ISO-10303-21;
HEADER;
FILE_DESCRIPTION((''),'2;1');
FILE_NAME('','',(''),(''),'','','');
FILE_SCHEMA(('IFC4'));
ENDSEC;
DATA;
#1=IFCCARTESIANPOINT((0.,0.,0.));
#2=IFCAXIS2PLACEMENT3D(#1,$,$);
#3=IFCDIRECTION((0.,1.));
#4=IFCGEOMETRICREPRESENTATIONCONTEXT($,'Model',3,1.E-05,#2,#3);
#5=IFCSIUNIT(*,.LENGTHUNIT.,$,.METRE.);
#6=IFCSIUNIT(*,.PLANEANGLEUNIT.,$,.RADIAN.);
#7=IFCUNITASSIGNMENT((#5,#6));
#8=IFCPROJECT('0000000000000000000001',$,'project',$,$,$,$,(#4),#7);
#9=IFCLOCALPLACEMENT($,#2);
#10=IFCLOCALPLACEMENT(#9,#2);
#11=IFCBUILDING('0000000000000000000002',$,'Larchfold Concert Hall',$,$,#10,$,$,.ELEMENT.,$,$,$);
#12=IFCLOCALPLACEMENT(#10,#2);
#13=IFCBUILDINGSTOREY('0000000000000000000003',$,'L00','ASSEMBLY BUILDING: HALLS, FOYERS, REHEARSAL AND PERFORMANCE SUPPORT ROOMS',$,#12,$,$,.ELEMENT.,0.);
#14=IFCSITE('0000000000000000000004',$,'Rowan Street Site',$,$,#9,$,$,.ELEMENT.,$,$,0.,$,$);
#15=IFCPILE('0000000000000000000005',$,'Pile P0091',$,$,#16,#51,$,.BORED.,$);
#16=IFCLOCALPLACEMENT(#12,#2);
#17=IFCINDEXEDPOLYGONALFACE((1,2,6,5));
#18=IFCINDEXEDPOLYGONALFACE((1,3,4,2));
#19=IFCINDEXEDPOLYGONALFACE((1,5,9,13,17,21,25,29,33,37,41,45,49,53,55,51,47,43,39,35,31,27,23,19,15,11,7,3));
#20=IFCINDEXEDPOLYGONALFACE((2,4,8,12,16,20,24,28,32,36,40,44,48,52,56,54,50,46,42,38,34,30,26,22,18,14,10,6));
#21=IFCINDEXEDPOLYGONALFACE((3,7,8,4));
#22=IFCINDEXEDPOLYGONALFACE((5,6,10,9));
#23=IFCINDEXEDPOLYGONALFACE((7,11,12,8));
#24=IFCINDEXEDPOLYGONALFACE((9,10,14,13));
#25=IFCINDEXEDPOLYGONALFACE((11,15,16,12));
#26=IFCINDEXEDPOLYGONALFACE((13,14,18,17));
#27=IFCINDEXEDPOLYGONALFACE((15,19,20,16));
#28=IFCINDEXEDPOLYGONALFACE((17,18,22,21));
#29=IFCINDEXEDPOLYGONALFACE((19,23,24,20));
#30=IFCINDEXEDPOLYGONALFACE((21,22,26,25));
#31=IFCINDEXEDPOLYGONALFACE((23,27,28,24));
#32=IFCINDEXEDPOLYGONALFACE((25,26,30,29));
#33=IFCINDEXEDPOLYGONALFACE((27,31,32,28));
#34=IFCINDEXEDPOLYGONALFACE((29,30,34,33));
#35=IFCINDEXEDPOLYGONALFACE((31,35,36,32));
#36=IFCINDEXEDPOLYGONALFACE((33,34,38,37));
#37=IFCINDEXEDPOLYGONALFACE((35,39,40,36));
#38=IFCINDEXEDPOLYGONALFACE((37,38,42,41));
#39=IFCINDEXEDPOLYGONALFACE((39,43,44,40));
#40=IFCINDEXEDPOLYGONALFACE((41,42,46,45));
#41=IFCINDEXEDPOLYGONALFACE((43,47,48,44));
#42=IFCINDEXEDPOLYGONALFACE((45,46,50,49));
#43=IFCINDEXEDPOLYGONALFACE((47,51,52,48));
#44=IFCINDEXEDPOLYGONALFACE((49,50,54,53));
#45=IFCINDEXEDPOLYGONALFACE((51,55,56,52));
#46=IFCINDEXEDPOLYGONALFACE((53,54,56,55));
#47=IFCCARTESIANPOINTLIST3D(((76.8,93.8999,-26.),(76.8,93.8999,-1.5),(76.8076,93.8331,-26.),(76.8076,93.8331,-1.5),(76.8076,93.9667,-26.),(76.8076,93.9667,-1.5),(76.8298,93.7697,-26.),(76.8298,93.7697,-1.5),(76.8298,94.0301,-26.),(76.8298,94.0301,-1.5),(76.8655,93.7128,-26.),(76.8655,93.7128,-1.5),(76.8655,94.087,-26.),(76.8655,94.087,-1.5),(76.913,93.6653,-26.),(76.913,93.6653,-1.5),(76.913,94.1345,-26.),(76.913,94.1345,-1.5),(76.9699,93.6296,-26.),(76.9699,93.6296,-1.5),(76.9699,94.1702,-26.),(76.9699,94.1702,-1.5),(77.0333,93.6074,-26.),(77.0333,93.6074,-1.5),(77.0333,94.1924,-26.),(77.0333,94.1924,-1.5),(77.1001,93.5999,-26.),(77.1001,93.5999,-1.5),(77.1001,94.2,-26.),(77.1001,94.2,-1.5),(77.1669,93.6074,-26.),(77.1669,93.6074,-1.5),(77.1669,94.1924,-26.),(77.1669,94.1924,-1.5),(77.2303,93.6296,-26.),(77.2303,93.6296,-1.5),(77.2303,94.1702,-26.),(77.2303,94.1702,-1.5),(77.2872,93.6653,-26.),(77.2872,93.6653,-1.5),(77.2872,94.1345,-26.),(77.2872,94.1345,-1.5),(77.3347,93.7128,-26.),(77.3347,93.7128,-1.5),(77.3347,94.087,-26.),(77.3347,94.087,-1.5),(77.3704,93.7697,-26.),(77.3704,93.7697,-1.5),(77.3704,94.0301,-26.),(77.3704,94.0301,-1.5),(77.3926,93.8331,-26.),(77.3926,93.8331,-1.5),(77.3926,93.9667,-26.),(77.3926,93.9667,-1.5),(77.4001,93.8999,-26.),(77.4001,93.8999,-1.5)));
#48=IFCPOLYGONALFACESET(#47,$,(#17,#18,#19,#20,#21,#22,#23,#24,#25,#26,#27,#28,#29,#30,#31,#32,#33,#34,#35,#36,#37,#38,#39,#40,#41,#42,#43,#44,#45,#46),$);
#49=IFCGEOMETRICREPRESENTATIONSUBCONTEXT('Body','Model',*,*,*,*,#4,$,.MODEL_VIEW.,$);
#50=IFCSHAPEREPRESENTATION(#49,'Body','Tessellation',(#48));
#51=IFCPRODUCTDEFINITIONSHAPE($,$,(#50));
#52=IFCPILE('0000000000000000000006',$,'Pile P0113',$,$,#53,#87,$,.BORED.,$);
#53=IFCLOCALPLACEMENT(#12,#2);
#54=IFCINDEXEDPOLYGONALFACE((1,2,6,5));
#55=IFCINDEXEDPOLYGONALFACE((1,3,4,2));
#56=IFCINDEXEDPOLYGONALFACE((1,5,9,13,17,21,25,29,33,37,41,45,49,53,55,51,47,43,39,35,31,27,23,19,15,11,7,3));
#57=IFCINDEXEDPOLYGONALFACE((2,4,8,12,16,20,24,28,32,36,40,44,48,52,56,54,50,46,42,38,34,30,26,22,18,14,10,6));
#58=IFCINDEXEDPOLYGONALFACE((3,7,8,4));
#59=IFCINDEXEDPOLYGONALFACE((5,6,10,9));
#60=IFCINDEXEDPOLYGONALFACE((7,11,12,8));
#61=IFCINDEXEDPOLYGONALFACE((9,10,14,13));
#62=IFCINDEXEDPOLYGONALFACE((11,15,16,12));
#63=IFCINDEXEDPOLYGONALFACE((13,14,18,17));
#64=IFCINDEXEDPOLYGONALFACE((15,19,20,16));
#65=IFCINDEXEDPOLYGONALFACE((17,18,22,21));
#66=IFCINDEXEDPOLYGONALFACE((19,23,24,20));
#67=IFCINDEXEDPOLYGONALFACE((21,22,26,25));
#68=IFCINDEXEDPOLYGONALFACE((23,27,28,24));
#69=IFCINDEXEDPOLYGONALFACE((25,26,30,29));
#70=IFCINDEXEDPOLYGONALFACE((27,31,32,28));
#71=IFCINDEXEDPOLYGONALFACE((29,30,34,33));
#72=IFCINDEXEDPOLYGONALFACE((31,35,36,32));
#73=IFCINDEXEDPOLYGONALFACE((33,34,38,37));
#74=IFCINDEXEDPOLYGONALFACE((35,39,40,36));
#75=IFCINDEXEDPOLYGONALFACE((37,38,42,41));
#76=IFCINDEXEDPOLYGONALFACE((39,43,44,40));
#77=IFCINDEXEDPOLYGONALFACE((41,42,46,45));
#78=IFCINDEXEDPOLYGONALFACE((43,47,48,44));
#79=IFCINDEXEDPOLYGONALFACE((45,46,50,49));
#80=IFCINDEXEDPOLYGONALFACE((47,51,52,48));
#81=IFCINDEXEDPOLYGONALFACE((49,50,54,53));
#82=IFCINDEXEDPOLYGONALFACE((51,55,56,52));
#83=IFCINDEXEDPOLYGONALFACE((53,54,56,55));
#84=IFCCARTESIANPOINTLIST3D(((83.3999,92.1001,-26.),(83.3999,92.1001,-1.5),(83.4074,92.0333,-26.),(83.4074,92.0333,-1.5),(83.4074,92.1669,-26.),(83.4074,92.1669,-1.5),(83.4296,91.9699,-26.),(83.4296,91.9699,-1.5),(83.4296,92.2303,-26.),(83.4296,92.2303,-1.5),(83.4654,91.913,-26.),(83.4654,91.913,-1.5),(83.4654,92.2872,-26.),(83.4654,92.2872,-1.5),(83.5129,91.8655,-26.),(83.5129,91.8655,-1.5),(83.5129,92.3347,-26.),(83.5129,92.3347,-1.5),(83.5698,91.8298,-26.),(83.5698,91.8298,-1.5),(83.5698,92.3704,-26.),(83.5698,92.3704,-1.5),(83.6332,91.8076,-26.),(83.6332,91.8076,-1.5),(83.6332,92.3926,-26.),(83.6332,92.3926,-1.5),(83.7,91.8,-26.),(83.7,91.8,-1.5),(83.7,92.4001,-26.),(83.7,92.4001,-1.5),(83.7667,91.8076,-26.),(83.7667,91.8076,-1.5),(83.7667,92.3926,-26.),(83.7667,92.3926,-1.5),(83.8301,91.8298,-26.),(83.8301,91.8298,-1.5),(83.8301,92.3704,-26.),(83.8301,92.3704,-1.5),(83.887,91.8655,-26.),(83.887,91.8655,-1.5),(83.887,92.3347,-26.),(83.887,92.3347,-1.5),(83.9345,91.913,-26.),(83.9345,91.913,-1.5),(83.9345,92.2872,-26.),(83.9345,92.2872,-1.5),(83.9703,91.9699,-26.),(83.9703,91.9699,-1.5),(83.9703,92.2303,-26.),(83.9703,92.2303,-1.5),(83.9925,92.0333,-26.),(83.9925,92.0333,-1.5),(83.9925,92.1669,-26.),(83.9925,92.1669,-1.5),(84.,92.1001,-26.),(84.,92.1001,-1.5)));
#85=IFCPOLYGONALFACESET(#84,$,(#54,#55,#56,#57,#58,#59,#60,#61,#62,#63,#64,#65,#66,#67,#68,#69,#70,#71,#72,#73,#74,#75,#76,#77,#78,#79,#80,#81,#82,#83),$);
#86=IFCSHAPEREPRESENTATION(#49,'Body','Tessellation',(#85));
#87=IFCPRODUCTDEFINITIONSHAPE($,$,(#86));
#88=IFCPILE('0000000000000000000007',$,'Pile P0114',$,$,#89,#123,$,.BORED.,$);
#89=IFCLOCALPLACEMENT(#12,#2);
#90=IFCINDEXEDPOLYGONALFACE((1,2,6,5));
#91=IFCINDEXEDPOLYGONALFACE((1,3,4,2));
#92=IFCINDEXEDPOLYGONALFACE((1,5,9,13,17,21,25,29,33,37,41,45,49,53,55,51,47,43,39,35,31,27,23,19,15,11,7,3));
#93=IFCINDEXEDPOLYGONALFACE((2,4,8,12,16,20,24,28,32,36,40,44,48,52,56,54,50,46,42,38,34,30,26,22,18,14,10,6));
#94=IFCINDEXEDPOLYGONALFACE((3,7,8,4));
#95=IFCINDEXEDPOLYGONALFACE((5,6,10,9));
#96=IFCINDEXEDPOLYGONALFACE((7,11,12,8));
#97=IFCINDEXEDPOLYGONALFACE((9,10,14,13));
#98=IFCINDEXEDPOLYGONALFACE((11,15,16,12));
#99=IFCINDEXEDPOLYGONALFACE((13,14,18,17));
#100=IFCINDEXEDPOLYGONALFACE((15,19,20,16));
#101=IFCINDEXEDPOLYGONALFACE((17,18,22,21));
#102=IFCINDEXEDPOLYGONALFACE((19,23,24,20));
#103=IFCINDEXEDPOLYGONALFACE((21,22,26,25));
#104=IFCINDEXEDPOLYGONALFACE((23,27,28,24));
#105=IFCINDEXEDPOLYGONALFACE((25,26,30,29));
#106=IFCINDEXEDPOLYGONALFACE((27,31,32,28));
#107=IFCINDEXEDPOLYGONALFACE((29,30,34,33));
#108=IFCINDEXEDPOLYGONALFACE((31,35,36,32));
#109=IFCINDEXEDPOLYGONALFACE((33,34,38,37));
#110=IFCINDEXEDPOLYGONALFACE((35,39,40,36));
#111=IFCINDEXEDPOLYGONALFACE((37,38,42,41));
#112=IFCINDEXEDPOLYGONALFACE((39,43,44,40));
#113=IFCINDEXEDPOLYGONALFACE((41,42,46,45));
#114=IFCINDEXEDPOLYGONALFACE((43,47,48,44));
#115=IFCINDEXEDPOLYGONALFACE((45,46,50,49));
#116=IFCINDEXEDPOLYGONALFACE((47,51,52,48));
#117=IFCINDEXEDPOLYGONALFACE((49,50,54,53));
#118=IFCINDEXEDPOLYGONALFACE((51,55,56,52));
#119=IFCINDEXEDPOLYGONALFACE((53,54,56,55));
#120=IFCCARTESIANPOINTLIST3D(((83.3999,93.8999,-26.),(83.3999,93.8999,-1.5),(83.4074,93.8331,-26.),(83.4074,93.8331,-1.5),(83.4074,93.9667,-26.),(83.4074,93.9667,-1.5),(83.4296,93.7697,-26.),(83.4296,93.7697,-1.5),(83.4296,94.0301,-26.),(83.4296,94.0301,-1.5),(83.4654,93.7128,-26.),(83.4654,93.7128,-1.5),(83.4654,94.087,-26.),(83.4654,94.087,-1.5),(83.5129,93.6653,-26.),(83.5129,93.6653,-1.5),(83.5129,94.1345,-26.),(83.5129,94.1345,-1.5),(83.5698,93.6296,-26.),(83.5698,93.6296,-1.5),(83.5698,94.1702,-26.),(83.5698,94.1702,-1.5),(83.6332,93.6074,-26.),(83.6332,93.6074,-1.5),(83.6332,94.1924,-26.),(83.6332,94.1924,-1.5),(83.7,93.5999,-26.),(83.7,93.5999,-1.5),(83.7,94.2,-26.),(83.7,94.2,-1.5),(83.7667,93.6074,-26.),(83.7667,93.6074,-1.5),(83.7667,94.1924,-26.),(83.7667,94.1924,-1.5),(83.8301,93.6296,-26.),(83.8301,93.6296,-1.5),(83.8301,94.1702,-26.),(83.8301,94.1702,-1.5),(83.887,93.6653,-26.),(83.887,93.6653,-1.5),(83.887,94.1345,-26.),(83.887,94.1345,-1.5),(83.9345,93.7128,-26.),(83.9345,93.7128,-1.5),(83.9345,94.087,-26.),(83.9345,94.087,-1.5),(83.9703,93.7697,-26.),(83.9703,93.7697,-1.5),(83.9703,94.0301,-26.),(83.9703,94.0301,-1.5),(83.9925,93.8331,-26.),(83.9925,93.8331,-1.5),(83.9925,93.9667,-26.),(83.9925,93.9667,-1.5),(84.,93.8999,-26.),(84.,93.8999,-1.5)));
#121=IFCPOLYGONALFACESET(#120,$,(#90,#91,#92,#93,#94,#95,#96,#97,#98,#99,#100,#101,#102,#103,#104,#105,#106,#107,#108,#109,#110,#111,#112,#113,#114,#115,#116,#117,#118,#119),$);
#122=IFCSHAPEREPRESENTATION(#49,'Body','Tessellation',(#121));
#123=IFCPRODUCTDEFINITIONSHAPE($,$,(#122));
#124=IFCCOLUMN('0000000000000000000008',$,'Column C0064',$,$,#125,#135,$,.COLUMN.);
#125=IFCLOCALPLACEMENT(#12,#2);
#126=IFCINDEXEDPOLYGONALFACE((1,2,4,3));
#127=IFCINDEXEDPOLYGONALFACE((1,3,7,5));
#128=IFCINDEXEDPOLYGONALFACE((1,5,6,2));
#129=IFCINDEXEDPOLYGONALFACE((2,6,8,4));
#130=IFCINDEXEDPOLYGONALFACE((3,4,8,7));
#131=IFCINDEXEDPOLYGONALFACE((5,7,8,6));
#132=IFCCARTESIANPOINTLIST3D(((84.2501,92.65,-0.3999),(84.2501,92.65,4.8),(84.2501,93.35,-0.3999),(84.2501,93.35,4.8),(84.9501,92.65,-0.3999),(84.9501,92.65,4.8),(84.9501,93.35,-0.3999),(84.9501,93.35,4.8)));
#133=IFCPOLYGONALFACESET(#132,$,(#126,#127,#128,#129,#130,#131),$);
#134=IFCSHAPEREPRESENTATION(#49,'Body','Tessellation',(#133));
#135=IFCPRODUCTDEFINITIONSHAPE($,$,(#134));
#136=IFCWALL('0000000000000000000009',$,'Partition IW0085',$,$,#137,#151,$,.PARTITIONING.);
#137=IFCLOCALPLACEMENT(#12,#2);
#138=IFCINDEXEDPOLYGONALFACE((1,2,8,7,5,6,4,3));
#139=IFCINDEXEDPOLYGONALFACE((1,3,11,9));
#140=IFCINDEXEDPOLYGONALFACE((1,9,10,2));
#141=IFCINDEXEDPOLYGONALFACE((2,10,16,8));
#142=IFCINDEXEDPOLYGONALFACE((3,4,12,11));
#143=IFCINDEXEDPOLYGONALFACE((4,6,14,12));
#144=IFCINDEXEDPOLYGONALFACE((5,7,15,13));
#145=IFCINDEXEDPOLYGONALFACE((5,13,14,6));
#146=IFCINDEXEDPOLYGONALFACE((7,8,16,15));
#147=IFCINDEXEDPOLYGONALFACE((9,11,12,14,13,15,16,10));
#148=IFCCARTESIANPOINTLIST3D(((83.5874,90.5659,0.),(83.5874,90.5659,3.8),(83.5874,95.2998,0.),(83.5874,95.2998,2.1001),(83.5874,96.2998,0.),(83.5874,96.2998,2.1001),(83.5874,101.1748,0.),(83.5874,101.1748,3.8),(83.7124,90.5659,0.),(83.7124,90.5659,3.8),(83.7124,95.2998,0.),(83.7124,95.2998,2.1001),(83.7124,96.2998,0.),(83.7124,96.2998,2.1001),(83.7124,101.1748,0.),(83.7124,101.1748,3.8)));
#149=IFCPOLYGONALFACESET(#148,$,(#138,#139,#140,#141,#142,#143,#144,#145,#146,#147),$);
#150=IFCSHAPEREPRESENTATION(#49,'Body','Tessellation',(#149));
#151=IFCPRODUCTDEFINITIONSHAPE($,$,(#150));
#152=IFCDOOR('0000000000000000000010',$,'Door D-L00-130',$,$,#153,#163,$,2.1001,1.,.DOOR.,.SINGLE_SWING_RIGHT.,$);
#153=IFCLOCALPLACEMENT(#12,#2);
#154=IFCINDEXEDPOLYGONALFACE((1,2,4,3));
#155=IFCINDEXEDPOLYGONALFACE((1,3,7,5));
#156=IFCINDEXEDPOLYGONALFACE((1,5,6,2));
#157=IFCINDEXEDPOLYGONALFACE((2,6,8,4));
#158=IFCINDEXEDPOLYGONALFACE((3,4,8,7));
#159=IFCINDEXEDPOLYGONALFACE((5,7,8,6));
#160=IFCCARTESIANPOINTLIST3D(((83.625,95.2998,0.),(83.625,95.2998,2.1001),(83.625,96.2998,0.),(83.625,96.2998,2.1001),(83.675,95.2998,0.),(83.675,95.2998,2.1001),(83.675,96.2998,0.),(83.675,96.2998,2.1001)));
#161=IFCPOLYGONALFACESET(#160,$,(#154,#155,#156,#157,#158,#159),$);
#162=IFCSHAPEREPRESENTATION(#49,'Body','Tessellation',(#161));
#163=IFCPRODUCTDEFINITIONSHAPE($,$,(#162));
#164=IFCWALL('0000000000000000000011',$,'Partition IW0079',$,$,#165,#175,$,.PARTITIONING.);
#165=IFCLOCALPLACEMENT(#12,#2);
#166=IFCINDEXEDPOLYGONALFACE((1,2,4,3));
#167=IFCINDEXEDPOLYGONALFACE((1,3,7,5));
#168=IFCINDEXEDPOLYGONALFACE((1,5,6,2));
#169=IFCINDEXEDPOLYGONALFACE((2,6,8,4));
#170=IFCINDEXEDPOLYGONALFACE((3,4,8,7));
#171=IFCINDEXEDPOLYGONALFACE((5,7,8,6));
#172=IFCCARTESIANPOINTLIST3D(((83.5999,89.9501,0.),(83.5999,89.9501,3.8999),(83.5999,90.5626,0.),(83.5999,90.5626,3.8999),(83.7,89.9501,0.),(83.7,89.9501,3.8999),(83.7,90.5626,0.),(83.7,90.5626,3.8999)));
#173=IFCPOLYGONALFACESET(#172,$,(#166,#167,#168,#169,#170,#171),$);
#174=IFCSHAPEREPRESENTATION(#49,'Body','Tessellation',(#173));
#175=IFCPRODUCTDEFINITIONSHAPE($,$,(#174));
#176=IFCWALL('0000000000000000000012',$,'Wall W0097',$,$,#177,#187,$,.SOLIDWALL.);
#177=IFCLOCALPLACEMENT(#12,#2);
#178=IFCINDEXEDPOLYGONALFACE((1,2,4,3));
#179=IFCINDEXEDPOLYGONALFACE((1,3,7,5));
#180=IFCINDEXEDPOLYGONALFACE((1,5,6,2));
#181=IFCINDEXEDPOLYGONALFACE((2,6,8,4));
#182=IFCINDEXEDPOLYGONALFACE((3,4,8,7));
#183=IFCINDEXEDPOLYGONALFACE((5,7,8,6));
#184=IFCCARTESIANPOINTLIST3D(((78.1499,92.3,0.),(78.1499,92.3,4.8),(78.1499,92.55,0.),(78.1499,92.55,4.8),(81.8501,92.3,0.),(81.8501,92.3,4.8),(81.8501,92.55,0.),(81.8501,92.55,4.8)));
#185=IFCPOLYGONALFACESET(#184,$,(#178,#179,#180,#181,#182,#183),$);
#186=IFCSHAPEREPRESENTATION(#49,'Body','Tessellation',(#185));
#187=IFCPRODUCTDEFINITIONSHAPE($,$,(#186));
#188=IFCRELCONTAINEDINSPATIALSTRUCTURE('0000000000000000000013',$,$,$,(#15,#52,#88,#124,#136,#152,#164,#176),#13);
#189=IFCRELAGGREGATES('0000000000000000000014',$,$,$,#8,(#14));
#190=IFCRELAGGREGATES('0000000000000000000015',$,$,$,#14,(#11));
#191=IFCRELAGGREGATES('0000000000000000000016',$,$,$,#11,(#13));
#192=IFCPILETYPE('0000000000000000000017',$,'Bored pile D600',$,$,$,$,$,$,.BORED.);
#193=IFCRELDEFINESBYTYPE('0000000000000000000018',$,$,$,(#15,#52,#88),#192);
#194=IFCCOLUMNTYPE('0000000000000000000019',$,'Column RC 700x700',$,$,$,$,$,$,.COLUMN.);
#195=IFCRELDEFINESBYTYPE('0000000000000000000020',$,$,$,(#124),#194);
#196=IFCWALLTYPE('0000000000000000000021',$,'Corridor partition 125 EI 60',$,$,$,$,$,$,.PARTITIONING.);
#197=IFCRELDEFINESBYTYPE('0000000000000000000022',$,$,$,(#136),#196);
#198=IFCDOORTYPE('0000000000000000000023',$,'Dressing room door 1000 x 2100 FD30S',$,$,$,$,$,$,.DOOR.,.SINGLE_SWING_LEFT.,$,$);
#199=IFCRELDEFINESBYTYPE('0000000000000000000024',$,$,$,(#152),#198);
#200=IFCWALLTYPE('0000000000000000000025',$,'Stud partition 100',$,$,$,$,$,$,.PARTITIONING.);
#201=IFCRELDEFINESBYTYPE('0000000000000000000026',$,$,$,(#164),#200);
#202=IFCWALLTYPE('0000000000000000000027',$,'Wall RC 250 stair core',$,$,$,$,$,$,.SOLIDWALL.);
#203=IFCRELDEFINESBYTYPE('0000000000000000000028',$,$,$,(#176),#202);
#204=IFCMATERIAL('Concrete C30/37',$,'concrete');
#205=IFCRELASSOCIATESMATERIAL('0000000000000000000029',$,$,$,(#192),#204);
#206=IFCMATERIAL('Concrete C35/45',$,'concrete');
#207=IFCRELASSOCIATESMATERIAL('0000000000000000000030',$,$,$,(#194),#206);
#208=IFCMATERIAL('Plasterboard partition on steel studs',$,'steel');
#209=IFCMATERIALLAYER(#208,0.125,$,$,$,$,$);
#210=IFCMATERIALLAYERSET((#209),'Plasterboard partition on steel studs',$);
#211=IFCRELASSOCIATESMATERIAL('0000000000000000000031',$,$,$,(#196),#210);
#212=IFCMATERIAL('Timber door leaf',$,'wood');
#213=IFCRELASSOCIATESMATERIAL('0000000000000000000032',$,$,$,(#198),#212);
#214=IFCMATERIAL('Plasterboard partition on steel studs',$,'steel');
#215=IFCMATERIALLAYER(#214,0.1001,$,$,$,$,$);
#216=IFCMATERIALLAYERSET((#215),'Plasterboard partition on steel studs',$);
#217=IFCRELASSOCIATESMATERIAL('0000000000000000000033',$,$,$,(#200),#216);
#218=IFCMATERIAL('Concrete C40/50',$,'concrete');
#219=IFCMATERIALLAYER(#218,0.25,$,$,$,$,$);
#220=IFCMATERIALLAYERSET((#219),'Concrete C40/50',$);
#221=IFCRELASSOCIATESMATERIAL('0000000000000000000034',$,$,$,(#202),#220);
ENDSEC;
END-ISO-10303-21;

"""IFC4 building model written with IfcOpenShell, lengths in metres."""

from ifc_helpers import new_model, si_unit, direction, frame, frame_2d, origin, origin_2d, place, context, subcontext, project, spatial, rectangle, circle, extrude, material, layer, layer_set, material_profile, profile_set, type_object, element, fill, save


model = new_model("IFC4")

# Units and contexts
model_context = context("Model", 3, precision=1e-05, world=origin(), true_north=direction((0.0, 1.0)))
body_context = subcontext(model_context, "Body", "Model", "MODEL_VIEW")
ifc_project = project(units=[si_unit("LENGTHUNIT", "METRE"), si_unit("PLANEANGLEUNIT", "RADIAN")], contexts=[model_context])

# Site, building, storey
site_placement = place(None, origin())
site = spatial("IfcSite", under=ifc_project, at=site_placement, Name="Rowan Street Site", CompositionType="ELEMENT", RefElevation=0.0)
building_placement = place(site_placement, origin())
building = spatial("IfcBuilding", under=site, at=building_placement, Name="Larchfold Concert Hall", CompositionType="ELEMENT")
storey_placement = place(building_placement, origin())
storey = spatial("IfcBuildingStorey", under=building, at=storey_placement, Name="L00", Description="ASSEMBLY BUILDING: HALLS, FOYERS, REHEARSAL AND PERFORMANCE SUPPORT ROOMS", CompositionType="ELEMENT", Elevation=0.0)

# Piles
ifc_material_1 = material(Name="Concrete C30/37", Category="concrete")
ifc_material_profile_1 = material_profile(ifc_material_1, circle(Radius=0.3, at=origin_2d()))
ifc_profile_set_1 = profile_set([ifc_material_profile_1], Name="Concrete C30/37")
pile_type = type_object("IfcPileType", Name="Bored pile D600", PredefinedType="BORED", material=ifc_profile_set_1)
for number, where, z_axis, x_axis, name in (
    (1, (77.1001, 93.8999, -1.5), (0.0, 0.0, -1.0), (1.0, 0.0, 0.0), "Pile P0091"),
    (2, (83.7, 92.1001, -1.5), (0.0, 0.0, -1.0), (1.0, 0.0, 0.0), "Pile P0113"),
    (3, (83.7, 93.8999, -1.5), (0.0, 0.0, -1.0), (1.0, 0.0, 0.0), "Pile P0114"),
):
    element("IfcPile", number, at=place(storey_placement, frame(where, z_axis=z_axis, x_axis=x_axis)), inside=storey, type_object=pile_type, Name=name, PredefinedType="BORED", context=body_context, shape_type="SweptSolid", body=[
        extrude(circle(Radius=0.3, at=origin_2d()), origin(), (0.0, 0.0, 1.0), 24.5),
    ])

# Column
ifc_material_2 = material(Name="Concrete C35/45", Category="concrete")
ifc_material_profile_2 = material_profile(ifc_material_2, rectangle(XDim=0.7, YDim=0.7, at=origin_2d()))
ifc_profile_set_2 = profile_set([ifc_material_profile_2], Name="Concrete C35/45")
column_type = type_object("IfcColumnType", Name="Column RC 700x700", PredefinedType="COLUMN", material=ifc_profile_set_2)
column_placement = place(storey_placement, frame((84.6001, 93.0, -0.3999), z_axis=(0.0, 0.0, 1.0), x_axis=(1.0, 0.0, 0.0)))
element("IfcColumn", 4, at=column_placement, inside=storey, type_object=column_type, Name="Column C0064", PredefinedType="COLUMN", context=body_context, shape_type="SweptSolid", body=[
    extrude(rectangle(XDim=0.7, YDim=0.7, at=origin_2d()), origin(), (0.0, 0.0, 1.0), 5.2),
])

# Wall, opening, door
ifc_material_3 = material(Name="Plasterboard partition on steel studs", Category="steel")
ifc_layer_1 = layer(ifc_material_3, 0.125)
ifc_layer_set_1 = layer_set([ifc_layer_1], Name="Plasterboard partition on steel studs")
wall_type_1 = type_object("IfcWallType", Name="Corridor partition 125 EI 60", PredefinedType="PARTITIONING", material=ifc_layer_set_1)
wall_1_placement = place(storey_placement, frame((83.6499, 90.5659, 0.0), z_axis=(0.0, 0.0, 1.0), x_axis=(0.0, 1.0, 0.0)))
wall_1 = element("IfcWall", 5, at=wall_1_placement, inside=storey, type_object=wall_type_1, Name="Partition IW0085", PredefinedType="PARTITIONING", context=body_context, shape_type="SweptSolid", body=[
    extrude(rectangle(XDim=10.6089, YDim=0.125, at=frame_2d((5.3044, 0.0))), origin(), (0.0, 0.0, 1.0), 3.8),
])
opening_1_placement = place(wall_1_placement, frame((4.7339, 0.0, 0.0)))
opening_1 = element("IfcOpeningElement", 6, at=opening_1_placement, cuts=wall_1, PredefinedType="OPENING", context=body_context, shape_type="SweptSolid", body=[
    extrude(rectangle(XDim=1.0, YDim=2.1001, at=frame_2d((0.5, 1.05))), frame((0.0, 0.0725, 0.0), z_axis=(0.0, -1.0, 0.0), x_axis=(1.0, 0.0, 0.0)), (0.0, 0.0, 1.0), 0.145),
])
ifc_material_4 = material(Name="Timber door leaf", Category="wood")
door_type_1 = type_object("IfcDoorType", Name="Dressing room door 1000 x 2100 FD30S", OperationType="SINGLE_SWING_LEFT", PredefinedType="DOOR", material=ifc_material_4)
door_1_placement = place(opening_1_placement, origin())
door_1 = element("IfcDoor", 7, at=door_1_placement, inside=storey, type_object=door_type_1, Name="Door D-L00-130", OperationType="SINGLE_SWING_RIGHT", OverallHeight=2.1001, OverallWidth=1.0, PredefinedType="DOOR", context=body_context, shape_type="SweptSolid", body=[
    extrude(rectangle(XDim=1.0, YDim=2.1001, at=frame_2d((0.5, 1.05))), frame((0.0, 0.0249, 0.0), z_axis=(0.0, -1.0, 0.0), x_axis=(1.0, 0.0, 0.0)), (0.0, 0.0, 1.0), 0.05),
])
fill(opening_1, door_1)

# Walls
ifc_material_5 = material(Name="Plasterboard partition on steel studs", Category="steel")
ifc_layer_2 = layer(ifc_material_5, 0.1001)
ifc_layer_set_2 = layer_set([ifc_layer_2], Name="Plasterboard partition on steel studs")
wall_type_2 = type_object("IfcWallType", Name="Stud partition 100", PredefinedType="PARTITIONING", material=ifc_layer_set_2)
wall_2_placement = place(storey_placement, frame((83.6499, 90.5625, 0.0), z_axis=(0.0, 0.0, 1.0), x_axis=(0.0, -1.0, 0.0)))
element("IfcWall", 8, at=wall_2_placement, inside=storey, type_object=wall_type_2, Name="Partition IW0079", PredefinedType="PARTITIONING", context=body_context, shape_type="SweptSolid", body=[
    extrude(rectangle(XDim=0.6125, YDim=0.1001, at=frame_2d((0.3062, 0.0))), origin(), (0.0, 0.0, 1.0), 3.8999),
])
ifc_material_6 = material(Name="Concrete C40/50", Category="concrete")
ifc_layer_3 = layer(ifc_material_6, 0.25)
ifc_layer_set_3 = layer_set([ifc_layer_3], Name="Concrete C40/50")
wall_type_3 = type_object("IfcWallType", Name="Wall RC 250 stair core", PredefinedType="SOLIDWALL", material=ifc_layer_set_3)
wall_3_placement = place(storey_placement, frame((78.1499, 92.425, 0.0), z_axis=(0.0, 0.0, 1.0), x_axis=(1.0, 0.0, 0.0)))
element("IfcWall", 9, at=wall_3_placement, inside=storey, type_object=wall_type_3, Name="Wall W0097", PredefinedType="SOLIDWALL", context=body_context, shape_type="SweptSolid", body=[
    extrude(rectangle(XDim=3.7002, YDim=0.25, at=frame_2d((1.8501, 0.0))), origin(), (0.0, 0.0, 1.0), 4.8),
])

save(model, "model.ifc")
